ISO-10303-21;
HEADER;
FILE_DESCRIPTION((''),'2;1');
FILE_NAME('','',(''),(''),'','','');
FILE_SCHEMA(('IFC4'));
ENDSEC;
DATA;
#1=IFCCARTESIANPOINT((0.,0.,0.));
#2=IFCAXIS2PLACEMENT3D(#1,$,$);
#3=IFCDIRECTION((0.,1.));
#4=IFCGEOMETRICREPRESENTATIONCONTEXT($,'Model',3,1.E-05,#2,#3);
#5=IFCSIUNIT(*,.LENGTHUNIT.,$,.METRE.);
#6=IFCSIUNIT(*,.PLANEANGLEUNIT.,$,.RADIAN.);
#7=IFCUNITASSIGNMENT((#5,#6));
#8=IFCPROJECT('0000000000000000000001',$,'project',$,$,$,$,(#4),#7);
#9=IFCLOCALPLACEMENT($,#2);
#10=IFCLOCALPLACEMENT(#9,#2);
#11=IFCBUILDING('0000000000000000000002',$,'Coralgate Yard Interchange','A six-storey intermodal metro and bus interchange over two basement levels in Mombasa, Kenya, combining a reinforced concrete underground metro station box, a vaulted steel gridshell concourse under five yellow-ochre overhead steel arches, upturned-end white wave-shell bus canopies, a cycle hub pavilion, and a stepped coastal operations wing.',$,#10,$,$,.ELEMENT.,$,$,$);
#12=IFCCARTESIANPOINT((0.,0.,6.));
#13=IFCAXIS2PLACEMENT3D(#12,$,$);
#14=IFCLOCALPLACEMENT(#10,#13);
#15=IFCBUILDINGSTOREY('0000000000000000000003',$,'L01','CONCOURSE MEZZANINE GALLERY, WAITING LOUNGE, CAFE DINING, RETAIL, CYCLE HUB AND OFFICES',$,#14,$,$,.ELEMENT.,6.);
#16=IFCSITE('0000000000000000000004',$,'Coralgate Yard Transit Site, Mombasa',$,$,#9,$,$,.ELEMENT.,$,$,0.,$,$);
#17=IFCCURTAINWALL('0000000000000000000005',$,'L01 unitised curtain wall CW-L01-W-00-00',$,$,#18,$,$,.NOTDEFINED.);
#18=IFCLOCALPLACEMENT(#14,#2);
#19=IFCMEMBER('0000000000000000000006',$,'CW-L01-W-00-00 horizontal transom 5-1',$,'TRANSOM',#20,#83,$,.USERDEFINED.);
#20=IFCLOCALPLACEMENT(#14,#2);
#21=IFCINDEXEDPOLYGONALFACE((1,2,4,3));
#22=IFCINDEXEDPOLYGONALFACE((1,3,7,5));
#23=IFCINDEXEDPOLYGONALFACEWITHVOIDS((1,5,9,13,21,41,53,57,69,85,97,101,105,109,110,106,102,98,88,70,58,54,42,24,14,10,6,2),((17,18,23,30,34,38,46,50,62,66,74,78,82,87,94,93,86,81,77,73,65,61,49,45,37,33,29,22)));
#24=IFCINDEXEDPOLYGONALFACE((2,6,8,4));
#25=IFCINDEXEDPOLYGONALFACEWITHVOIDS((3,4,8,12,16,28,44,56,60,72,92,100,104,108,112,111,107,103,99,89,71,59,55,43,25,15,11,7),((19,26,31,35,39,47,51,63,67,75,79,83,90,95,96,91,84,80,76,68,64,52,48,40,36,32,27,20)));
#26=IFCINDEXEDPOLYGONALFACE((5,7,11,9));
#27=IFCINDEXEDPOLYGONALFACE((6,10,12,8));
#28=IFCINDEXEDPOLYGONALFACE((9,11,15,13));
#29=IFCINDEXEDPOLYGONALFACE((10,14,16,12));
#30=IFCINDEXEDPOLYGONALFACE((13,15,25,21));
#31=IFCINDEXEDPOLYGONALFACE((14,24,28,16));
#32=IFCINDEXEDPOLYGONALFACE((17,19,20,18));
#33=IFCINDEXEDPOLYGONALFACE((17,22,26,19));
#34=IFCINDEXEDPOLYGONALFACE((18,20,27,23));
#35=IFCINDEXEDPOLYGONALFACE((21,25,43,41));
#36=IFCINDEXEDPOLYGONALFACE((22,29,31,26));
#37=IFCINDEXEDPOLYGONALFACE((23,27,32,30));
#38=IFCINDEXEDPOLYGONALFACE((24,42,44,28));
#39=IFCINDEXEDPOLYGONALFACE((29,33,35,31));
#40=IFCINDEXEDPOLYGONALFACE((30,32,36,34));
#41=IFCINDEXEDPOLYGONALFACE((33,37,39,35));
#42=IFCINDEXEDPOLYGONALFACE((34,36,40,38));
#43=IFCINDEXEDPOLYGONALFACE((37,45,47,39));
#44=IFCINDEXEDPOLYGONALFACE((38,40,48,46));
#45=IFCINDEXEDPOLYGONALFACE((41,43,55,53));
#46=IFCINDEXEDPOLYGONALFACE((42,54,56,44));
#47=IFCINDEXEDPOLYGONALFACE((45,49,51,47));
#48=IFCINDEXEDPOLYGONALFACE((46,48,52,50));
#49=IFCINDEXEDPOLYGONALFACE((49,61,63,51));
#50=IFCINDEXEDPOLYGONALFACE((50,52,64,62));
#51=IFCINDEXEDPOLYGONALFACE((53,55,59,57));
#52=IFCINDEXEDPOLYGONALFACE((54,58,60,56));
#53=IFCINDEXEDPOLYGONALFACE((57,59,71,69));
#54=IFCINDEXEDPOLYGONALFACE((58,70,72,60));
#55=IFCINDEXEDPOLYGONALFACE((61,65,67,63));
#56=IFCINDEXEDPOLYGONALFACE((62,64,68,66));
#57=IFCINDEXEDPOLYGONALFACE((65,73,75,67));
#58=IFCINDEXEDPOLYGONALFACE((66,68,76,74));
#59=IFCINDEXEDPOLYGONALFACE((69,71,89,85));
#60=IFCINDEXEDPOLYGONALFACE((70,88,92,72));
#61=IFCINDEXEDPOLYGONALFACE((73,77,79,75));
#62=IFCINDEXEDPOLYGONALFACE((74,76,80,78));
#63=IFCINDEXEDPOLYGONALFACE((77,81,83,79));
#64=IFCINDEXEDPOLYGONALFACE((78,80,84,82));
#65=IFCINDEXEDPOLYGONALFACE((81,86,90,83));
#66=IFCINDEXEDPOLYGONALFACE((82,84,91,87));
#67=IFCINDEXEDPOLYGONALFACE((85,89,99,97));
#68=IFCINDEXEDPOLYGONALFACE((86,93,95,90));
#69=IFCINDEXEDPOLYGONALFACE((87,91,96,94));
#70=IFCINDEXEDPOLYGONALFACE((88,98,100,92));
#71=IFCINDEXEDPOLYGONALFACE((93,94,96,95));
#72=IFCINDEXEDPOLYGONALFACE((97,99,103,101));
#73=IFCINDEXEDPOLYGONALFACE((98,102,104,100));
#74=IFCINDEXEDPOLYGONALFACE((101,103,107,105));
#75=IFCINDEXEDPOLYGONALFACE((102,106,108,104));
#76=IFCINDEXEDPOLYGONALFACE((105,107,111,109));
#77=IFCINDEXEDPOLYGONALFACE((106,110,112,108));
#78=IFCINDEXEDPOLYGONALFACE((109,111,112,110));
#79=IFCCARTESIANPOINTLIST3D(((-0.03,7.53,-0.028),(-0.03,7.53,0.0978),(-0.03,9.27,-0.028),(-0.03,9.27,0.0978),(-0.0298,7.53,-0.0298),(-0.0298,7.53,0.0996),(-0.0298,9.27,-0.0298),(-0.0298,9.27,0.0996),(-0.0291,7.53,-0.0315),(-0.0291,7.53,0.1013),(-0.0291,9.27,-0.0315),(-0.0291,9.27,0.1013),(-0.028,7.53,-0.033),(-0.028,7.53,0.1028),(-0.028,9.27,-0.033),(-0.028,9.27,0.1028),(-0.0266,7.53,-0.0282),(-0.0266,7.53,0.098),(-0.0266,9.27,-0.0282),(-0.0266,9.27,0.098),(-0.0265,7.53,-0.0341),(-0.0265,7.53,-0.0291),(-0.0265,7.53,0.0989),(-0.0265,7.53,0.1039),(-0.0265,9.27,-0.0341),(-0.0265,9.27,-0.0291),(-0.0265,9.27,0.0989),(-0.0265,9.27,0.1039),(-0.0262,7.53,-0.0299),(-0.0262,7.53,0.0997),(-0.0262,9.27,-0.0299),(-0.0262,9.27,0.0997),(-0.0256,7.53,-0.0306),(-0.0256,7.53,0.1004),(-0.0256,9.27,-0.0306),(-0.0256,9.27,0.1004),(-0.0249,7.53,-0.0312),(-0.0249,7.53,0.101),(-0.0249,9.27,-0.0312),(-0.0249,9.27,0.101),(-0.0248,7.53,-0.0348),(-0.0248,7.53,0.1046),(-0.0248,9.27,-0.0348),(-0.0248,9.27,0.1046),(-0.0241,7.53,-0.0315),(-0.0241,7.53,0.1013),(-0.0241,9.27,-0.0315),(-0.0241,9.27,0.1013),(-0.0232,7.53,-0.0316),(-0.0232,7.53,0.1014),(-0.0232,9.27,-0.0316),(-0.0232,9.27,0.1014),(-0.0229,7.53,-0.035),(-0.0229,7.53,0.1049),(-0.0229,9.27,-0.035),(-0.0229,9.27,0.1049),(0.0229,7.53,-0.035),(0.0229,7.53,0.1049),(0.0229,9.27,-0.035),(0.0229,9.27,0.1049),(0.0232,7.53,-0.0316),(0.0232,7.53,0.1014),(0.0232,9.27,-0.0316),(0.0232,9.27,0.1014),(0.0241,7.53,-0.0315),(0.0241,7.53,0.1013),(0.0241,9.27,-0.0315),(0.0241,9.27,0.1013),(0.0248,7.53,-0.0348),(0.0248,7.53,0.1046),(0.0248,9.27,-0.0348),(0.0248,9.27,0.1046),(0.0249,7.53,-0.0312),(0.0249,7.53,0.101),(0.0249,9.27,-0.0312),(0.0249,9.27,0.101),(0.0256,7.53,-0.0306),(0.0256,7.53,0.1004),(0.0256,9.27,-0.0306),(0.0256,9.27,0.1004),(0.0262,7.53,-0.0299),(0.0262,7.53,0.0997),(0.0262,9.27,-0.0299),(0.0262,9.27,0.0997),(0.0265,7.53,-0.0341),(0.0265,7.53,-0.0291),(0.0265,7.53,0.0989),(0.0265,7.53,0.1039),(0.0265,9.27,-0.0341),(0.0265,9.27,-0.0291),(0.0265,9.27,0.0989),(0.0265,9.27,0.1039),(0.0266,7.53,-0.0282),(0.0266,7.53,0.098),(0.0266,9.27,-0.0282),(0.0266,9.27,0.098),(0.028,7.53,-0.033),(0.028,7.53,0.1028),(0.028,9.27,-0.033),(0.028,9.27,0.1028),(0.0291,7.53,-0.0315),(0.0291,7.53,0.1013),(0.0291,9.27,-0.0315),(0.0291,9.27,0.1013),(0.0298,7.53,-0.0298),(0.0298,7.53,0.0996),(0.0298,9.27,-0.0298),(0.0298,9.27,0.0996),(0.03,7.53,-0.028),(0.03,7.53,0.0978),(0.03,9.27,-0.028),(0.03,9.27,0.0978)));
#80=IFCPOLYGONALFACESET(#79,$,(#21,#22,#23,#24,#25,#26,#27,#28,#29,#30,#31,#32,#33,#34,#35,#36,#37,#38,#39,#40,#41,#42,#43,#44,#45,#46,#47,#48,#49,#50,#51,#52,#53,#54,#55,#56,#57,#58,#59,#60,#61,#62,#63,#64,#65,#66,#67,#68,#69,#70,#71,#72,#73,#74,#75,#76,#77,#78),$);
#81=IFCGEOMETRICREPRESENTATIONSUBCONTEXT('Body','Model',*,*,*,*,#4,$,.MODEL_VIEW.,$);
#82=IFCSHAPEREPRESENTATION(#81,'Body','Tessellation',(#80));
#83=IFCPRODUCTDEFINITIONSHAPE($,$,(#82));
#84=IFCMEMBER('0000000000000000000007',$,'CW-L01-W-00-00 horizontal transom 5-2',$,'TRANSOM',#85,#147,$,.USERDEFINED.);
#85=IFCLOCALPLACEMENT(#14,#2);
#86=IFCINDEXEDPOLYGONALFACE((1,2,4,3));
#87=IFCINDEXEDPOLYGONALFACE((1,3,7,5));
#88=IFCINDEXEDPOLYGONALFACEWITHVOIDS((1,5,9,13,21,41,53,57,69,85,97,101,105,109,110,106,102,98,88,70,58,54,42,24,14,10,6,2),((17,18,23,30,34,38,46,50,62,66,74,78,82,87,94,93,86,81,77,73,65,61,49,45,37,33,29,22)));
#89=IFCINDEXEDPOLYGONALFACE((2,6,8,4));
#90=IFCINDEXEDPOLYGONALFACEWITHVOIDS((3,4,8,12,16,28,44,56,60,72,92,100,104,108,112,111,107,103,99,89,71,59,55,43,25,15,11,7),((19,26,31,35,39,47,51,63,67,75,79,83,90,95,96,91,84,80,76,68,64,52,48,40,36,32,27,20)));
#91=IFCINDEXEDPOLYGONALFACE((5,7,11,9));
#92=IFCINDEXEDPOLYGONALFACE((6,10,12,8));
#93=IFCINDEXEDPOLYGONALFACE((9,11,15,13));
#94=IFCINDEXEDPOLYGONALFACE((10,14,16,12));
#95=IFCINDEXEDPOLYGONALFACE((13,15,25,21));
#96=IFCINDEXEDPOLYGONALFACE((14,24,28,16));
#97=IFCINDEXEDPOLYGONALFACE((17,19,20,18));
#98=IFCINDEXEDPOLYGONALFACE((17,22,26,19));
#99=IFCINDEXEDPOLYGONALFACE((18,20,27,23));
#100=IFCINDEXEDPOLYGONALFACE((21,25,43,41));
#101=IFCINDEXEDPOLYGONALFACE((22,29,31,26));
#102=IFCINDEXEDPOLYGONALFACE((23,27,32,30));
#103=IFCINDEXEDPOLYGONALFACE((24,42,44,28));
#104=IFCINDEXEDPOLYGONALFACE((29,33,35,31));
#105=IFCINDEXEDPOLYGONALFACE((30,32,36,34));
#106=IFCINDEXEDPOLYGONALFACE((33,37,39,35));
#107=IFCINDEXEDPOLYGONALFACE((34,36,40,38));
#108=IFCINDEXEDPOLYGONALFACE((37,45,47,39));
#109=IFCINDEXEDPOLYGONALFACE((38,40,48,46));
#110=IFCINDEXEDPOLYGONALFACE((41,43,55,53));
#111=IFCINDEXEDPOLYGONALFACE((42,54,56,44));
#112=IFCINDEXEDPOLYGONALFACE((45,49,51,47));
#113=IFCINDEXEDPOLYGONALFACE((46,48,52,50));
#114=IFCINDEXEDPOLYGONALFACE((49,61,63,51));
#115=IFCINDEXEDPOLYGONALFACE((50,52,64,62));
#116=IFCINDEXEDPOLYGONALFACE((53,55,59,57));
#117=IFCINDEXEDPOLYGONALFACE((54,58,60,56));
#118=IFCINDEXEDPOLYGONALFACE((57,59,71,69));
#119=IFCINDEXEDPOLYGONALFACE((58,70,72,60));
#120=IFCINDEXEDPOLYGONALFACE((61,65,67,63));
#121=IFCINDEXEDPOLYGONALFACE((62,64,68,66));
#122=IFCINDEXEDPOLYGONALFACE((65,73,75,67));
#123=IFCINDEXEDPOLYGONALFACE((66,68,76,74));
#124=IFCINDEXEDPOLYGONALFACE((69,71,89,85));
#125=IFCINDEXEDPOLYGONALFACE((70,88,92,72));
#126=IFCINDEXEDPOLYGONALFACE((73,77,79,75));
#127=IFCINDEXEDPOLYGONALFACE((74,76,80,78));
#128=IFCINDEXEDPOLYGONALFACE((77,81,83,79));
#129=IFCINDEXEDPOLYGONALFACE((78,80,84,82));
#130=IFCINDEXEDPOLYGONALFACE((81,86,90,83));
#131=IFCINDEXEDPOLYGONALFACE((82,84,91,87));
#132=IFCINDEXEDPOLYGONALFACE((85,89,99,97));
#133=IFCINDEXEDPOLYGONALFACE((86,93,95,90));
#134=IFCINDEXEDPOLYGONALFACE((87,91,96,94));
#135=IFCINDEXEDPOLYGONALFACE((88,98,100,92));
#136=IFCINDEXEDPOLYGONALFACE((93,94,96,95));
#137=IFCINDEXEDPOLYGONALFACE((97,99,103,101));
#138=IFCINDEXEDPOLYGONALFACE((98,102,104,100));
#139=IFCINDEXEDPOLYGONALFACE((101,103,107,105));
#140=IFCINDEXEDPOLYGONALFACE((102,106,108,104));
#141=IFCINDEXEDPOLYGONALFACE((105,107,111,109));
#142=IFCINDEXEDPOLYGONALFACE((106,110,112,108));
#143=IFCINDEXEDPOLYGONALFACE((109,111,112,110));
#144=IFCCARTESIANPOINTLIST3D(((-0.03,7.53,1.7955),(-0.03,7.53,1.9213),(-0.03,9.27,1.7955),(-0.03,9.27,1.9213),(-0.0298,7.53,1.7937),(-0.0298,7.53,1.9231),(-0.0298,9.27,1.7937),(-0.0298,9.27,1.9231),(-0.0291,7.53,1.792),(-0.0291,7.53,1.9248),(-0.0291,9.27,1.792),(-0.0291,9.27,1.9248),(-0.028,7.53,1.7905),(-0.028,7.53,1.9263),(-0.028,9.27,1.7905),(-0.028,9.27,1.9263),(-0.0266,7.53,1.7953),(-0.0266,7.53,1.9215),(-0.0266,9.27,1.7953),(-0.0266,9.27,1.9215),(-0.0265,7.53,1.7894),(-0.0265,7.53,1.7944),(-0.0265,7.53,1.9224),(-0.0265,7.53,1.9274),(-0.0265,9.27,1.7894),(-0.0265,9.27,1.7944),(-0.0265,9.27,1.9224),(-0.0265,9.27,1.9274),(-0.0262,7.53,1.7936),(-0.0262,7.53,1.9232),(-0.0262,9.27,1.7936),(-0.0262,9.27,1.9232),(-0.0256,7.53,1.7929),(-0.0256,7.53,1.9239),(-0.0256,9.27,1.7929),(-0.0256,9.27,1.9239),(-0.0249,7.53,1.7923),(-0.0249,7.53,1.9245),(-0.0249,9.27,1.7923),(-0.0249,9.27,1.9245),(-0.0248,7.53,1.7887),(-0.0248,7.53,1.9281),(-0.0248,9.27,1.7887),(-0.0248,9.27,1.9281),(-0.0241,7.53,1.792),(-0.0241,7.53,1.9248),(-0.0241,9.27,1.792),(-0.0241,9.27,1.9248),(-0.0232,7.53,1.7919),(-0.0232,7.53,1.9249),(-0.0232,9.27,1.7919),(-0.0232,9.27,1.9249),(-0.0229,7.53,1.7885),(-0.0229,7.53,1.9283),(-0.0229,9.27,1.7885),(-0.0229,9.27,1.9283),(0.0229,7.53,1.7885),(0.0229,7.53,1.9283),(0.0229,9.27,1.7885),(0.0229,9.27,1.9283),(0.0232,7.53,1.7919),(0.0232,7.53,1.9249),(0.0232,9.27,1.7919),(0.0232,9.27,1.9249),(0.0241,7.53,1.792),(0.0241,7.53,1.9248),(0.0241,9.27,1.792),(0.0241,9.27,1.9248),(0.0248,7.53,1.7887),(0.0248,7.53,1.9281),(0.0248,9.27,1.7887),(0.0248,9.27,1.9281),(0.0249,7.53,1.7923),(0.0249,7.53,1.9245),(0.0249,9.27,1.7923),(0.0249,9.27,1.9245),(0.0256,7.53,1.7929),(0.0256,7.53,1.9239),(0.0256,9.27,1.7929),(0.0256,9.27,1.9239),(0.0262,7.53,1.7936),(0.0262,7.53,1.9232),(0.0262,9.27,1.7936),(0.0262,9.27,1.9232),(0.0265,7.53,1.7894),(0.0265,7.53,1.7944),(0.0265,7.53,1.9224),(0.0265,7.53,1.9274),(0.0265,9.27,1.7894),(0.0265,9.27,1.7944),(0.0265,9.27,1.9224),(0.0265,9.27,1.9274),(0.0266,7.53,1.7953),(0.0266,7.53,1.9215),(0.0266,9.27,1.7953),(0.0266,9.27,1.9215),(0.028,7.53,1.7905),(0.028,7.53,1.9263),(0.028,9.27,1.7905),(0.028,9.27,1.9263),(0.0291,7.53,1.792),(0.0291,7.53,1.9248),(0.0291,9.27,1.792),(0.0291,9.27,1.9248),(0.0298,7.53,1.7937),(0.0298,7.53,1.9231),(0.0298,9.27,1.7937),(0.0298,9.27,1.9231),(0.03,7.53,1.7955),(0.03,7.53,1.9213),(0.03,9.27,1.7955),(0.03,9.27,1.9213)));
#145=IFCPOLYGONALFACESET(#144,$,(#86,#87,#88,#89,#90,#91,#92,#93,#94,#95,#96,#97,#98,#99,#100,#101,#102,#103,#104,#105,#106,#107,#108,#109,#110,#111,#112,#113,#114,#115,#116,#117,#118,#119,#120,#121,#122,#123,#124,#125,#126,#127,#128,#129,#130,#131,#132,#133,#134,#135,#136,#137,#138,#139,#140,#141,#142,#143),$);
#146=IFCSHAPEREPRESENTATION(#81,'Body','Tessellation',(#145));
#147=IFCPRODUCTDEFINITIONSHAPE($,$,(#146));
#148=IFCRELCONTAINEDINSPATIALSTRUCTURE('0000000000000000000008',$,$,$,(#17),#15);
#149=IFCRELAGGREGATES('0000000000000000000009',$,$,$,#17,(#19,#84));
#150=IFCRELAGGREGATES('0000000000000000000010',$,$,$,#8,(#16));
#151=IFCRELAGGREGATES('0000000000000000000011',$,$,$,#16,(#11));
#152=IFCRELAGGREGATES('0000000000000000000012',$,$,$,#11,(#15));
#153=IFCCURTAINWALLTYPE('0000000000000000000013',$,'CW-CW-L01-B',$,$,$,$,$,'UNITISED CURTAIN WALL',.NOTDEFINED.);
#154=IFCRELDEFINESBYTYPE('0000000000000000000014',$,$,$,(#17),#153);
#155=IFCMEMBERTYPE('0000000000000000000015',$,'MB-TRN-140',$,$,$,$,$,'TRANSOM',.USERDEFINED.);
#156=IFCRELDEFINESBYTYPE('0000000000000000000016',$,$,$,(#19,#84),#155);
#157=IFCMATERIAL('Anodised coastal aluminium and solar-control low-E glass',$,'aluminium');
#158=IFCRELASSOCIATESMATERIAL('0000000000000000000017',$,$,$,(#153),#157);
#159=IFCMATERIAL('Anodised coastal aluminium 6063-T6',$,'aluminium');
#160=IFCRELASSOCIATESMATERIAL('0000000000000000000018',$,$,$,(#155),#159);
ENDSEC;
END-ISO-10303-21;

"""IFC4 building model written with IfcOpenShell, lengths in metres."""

from ifc_helpers import new_model, si_unit, direction, frame, origin, origin_2d, place, context, subcontext, project, spatial, hollow_rectangle, extrude, material, material_profile, profile_set, type_object, element, aggregate, save


model = new_model("IFC4")

# Units and contexts
model_context = context("Model", 3, precision=1e-05, world=origin(), true_north=direction((0.0, 1.0)))
body_context = subcontext(model_context, "Body", "Model", "MODEL_VIEW")
ifc_project = project(units=[si_unit("LENGTHUNIT", "METRE"), si_unit("PLANEANGLEUNIT", "RADIAN")], contexts=[model_context])

# Site, building, storey
site_placement = place(None, origin())
site = spatial("IfcSite", under=ifc_project, at=site_placement, Name="Coralgate Yard Transit Site, Mombasa", CompositionType="ELEMENT", RefElevation=0.0)
building_placement = place(site_placement, origin())
building = spatial("IfcBuilding", under=site, at=building_placement, Name="Coralgate Yard Interchange", Description="A six-storey intermodal metro and bus interchange over two basement levels in Mombasa, Kenya, combining a reinforced concrete underground metro station box, a vaulted steel gridshell concourse under five yellow-ochre overhead steel arches, upturned-end white wave-shell bus canopies, a cycle hub pavilion, and a stepped coastal operations wing.", CompositionType="ELEMENT")
storey_placement = place(building_placement, frame((0.0, 0.0, 6.0)))
storey = spatial("IfcBuildingStorey", under=building, at=storey_placement, Name="L01", Description="CONCOURSE MEZZANINE GALLERY, WAITING LOUNGE, CAFE DINING, RETAIL, CYCLE HUB AND OFFICES", CompositionType="ELEMENT", Elevation=6.0)

# Curtain wall
ifc_material_1 = material(Name="Anodised coastal aluminium and solar-control low-E glass", Category="aluminium")
curtain_wall_type_1 = type_object("IfcCurtainWallType", Name="CW-CW-L01-B", ElementType="UNITISED CURTAIN WALL", PredefinedType="NOTDEFINED", material=ifc_material_1)
curtain_wall_1_placement = place(storey_placement, origin())
curtain_wall_1 = element("IfcCurtainWall", 1, at=curtain_wall_1_placement, inside=storey, type_object=curtain_wall_type_1, Name="L01 unitised curtain wall CW-L01-W-00-00", PredefinedType="NOTDEFINED")
ifc_material_2 = material(Name="Anodised coastal aluminium 6063-T6", Category="aluminium")

# Members
ifc_material_profile_1 = material_profile(ifc_material_2, hollow_rectangle(XDim=0.0601, YDim=0.1399, WallThickness=0.0034, InnerFilletRadius=0.0034, OuterFilletRadius=0.0071, at=origin_2d()), Name="ALU 60x140x3.5")
ifc_profile_set_1 = profile_set([ifc_material_profile_1], Name="Anodised coastal aluminium 6063-T6")
member_type_1 = type_object("IfcMemberType", Name="MB-TRN-140", ElementType="TRANSOM", PredefinedType="USERDEFINED", material=ifc_profile_set_1)
member_1_placement = place(storey_placement, frame((0.0, 7.53, 0.0349), z_axis=(0.0, 1.0, 0.0), x_axis=(-1.0, 0.0, 0.0)))
member_1 = element("IfcMember", 2, at=member_1_placement, type_object=member_type_1, Name="CW-L01-W-00-00 horizontal transom 5-1", ObjectType="TRANSOM", PredefinedType="USERDEFINED", context=body_context, shape_type="SweptSolid", body=[
    extrude(hollow_rectangle(XDim=0.0601, YDim=0.1399, WallThickness=0.0034, InnerFilletRadius=0.0034, OuterFilletRadius=0.0071, at=origin_2d()), origin(), (0.0, 0.0, 1.0), 1.74),
])
member_2_placement = place(storey_placement, frame((0.0, 7.53, 1.8584), z_axis=(0.0, 1.0, 0.0), x_axis=(-1.0, 0.0, 0.0)))
member_2 = element("IfcMember", 3, at=member_2_placement, type_object=member_type_1, Name="CW-L01-W-00-00 horizontal transom 5-2", ObjectType="TRANSOM", PredefinedType="USERDEFINED", context=body_context, shape_type="SweptSolid", body=[
    extrude(hollow_rectangle(XDim=0.0601, YDim=0.1399, WallThickness=0.0034, InnerFilletRadius=0.0034, OuterFilletRadius=0.0071, at=origin_2d()), origin(), (0.0, 0.0, 1.0), 1.74),
])

aggregate(curtain_wall_1, [member_1, member_2])

save(model, "model.ifc")
